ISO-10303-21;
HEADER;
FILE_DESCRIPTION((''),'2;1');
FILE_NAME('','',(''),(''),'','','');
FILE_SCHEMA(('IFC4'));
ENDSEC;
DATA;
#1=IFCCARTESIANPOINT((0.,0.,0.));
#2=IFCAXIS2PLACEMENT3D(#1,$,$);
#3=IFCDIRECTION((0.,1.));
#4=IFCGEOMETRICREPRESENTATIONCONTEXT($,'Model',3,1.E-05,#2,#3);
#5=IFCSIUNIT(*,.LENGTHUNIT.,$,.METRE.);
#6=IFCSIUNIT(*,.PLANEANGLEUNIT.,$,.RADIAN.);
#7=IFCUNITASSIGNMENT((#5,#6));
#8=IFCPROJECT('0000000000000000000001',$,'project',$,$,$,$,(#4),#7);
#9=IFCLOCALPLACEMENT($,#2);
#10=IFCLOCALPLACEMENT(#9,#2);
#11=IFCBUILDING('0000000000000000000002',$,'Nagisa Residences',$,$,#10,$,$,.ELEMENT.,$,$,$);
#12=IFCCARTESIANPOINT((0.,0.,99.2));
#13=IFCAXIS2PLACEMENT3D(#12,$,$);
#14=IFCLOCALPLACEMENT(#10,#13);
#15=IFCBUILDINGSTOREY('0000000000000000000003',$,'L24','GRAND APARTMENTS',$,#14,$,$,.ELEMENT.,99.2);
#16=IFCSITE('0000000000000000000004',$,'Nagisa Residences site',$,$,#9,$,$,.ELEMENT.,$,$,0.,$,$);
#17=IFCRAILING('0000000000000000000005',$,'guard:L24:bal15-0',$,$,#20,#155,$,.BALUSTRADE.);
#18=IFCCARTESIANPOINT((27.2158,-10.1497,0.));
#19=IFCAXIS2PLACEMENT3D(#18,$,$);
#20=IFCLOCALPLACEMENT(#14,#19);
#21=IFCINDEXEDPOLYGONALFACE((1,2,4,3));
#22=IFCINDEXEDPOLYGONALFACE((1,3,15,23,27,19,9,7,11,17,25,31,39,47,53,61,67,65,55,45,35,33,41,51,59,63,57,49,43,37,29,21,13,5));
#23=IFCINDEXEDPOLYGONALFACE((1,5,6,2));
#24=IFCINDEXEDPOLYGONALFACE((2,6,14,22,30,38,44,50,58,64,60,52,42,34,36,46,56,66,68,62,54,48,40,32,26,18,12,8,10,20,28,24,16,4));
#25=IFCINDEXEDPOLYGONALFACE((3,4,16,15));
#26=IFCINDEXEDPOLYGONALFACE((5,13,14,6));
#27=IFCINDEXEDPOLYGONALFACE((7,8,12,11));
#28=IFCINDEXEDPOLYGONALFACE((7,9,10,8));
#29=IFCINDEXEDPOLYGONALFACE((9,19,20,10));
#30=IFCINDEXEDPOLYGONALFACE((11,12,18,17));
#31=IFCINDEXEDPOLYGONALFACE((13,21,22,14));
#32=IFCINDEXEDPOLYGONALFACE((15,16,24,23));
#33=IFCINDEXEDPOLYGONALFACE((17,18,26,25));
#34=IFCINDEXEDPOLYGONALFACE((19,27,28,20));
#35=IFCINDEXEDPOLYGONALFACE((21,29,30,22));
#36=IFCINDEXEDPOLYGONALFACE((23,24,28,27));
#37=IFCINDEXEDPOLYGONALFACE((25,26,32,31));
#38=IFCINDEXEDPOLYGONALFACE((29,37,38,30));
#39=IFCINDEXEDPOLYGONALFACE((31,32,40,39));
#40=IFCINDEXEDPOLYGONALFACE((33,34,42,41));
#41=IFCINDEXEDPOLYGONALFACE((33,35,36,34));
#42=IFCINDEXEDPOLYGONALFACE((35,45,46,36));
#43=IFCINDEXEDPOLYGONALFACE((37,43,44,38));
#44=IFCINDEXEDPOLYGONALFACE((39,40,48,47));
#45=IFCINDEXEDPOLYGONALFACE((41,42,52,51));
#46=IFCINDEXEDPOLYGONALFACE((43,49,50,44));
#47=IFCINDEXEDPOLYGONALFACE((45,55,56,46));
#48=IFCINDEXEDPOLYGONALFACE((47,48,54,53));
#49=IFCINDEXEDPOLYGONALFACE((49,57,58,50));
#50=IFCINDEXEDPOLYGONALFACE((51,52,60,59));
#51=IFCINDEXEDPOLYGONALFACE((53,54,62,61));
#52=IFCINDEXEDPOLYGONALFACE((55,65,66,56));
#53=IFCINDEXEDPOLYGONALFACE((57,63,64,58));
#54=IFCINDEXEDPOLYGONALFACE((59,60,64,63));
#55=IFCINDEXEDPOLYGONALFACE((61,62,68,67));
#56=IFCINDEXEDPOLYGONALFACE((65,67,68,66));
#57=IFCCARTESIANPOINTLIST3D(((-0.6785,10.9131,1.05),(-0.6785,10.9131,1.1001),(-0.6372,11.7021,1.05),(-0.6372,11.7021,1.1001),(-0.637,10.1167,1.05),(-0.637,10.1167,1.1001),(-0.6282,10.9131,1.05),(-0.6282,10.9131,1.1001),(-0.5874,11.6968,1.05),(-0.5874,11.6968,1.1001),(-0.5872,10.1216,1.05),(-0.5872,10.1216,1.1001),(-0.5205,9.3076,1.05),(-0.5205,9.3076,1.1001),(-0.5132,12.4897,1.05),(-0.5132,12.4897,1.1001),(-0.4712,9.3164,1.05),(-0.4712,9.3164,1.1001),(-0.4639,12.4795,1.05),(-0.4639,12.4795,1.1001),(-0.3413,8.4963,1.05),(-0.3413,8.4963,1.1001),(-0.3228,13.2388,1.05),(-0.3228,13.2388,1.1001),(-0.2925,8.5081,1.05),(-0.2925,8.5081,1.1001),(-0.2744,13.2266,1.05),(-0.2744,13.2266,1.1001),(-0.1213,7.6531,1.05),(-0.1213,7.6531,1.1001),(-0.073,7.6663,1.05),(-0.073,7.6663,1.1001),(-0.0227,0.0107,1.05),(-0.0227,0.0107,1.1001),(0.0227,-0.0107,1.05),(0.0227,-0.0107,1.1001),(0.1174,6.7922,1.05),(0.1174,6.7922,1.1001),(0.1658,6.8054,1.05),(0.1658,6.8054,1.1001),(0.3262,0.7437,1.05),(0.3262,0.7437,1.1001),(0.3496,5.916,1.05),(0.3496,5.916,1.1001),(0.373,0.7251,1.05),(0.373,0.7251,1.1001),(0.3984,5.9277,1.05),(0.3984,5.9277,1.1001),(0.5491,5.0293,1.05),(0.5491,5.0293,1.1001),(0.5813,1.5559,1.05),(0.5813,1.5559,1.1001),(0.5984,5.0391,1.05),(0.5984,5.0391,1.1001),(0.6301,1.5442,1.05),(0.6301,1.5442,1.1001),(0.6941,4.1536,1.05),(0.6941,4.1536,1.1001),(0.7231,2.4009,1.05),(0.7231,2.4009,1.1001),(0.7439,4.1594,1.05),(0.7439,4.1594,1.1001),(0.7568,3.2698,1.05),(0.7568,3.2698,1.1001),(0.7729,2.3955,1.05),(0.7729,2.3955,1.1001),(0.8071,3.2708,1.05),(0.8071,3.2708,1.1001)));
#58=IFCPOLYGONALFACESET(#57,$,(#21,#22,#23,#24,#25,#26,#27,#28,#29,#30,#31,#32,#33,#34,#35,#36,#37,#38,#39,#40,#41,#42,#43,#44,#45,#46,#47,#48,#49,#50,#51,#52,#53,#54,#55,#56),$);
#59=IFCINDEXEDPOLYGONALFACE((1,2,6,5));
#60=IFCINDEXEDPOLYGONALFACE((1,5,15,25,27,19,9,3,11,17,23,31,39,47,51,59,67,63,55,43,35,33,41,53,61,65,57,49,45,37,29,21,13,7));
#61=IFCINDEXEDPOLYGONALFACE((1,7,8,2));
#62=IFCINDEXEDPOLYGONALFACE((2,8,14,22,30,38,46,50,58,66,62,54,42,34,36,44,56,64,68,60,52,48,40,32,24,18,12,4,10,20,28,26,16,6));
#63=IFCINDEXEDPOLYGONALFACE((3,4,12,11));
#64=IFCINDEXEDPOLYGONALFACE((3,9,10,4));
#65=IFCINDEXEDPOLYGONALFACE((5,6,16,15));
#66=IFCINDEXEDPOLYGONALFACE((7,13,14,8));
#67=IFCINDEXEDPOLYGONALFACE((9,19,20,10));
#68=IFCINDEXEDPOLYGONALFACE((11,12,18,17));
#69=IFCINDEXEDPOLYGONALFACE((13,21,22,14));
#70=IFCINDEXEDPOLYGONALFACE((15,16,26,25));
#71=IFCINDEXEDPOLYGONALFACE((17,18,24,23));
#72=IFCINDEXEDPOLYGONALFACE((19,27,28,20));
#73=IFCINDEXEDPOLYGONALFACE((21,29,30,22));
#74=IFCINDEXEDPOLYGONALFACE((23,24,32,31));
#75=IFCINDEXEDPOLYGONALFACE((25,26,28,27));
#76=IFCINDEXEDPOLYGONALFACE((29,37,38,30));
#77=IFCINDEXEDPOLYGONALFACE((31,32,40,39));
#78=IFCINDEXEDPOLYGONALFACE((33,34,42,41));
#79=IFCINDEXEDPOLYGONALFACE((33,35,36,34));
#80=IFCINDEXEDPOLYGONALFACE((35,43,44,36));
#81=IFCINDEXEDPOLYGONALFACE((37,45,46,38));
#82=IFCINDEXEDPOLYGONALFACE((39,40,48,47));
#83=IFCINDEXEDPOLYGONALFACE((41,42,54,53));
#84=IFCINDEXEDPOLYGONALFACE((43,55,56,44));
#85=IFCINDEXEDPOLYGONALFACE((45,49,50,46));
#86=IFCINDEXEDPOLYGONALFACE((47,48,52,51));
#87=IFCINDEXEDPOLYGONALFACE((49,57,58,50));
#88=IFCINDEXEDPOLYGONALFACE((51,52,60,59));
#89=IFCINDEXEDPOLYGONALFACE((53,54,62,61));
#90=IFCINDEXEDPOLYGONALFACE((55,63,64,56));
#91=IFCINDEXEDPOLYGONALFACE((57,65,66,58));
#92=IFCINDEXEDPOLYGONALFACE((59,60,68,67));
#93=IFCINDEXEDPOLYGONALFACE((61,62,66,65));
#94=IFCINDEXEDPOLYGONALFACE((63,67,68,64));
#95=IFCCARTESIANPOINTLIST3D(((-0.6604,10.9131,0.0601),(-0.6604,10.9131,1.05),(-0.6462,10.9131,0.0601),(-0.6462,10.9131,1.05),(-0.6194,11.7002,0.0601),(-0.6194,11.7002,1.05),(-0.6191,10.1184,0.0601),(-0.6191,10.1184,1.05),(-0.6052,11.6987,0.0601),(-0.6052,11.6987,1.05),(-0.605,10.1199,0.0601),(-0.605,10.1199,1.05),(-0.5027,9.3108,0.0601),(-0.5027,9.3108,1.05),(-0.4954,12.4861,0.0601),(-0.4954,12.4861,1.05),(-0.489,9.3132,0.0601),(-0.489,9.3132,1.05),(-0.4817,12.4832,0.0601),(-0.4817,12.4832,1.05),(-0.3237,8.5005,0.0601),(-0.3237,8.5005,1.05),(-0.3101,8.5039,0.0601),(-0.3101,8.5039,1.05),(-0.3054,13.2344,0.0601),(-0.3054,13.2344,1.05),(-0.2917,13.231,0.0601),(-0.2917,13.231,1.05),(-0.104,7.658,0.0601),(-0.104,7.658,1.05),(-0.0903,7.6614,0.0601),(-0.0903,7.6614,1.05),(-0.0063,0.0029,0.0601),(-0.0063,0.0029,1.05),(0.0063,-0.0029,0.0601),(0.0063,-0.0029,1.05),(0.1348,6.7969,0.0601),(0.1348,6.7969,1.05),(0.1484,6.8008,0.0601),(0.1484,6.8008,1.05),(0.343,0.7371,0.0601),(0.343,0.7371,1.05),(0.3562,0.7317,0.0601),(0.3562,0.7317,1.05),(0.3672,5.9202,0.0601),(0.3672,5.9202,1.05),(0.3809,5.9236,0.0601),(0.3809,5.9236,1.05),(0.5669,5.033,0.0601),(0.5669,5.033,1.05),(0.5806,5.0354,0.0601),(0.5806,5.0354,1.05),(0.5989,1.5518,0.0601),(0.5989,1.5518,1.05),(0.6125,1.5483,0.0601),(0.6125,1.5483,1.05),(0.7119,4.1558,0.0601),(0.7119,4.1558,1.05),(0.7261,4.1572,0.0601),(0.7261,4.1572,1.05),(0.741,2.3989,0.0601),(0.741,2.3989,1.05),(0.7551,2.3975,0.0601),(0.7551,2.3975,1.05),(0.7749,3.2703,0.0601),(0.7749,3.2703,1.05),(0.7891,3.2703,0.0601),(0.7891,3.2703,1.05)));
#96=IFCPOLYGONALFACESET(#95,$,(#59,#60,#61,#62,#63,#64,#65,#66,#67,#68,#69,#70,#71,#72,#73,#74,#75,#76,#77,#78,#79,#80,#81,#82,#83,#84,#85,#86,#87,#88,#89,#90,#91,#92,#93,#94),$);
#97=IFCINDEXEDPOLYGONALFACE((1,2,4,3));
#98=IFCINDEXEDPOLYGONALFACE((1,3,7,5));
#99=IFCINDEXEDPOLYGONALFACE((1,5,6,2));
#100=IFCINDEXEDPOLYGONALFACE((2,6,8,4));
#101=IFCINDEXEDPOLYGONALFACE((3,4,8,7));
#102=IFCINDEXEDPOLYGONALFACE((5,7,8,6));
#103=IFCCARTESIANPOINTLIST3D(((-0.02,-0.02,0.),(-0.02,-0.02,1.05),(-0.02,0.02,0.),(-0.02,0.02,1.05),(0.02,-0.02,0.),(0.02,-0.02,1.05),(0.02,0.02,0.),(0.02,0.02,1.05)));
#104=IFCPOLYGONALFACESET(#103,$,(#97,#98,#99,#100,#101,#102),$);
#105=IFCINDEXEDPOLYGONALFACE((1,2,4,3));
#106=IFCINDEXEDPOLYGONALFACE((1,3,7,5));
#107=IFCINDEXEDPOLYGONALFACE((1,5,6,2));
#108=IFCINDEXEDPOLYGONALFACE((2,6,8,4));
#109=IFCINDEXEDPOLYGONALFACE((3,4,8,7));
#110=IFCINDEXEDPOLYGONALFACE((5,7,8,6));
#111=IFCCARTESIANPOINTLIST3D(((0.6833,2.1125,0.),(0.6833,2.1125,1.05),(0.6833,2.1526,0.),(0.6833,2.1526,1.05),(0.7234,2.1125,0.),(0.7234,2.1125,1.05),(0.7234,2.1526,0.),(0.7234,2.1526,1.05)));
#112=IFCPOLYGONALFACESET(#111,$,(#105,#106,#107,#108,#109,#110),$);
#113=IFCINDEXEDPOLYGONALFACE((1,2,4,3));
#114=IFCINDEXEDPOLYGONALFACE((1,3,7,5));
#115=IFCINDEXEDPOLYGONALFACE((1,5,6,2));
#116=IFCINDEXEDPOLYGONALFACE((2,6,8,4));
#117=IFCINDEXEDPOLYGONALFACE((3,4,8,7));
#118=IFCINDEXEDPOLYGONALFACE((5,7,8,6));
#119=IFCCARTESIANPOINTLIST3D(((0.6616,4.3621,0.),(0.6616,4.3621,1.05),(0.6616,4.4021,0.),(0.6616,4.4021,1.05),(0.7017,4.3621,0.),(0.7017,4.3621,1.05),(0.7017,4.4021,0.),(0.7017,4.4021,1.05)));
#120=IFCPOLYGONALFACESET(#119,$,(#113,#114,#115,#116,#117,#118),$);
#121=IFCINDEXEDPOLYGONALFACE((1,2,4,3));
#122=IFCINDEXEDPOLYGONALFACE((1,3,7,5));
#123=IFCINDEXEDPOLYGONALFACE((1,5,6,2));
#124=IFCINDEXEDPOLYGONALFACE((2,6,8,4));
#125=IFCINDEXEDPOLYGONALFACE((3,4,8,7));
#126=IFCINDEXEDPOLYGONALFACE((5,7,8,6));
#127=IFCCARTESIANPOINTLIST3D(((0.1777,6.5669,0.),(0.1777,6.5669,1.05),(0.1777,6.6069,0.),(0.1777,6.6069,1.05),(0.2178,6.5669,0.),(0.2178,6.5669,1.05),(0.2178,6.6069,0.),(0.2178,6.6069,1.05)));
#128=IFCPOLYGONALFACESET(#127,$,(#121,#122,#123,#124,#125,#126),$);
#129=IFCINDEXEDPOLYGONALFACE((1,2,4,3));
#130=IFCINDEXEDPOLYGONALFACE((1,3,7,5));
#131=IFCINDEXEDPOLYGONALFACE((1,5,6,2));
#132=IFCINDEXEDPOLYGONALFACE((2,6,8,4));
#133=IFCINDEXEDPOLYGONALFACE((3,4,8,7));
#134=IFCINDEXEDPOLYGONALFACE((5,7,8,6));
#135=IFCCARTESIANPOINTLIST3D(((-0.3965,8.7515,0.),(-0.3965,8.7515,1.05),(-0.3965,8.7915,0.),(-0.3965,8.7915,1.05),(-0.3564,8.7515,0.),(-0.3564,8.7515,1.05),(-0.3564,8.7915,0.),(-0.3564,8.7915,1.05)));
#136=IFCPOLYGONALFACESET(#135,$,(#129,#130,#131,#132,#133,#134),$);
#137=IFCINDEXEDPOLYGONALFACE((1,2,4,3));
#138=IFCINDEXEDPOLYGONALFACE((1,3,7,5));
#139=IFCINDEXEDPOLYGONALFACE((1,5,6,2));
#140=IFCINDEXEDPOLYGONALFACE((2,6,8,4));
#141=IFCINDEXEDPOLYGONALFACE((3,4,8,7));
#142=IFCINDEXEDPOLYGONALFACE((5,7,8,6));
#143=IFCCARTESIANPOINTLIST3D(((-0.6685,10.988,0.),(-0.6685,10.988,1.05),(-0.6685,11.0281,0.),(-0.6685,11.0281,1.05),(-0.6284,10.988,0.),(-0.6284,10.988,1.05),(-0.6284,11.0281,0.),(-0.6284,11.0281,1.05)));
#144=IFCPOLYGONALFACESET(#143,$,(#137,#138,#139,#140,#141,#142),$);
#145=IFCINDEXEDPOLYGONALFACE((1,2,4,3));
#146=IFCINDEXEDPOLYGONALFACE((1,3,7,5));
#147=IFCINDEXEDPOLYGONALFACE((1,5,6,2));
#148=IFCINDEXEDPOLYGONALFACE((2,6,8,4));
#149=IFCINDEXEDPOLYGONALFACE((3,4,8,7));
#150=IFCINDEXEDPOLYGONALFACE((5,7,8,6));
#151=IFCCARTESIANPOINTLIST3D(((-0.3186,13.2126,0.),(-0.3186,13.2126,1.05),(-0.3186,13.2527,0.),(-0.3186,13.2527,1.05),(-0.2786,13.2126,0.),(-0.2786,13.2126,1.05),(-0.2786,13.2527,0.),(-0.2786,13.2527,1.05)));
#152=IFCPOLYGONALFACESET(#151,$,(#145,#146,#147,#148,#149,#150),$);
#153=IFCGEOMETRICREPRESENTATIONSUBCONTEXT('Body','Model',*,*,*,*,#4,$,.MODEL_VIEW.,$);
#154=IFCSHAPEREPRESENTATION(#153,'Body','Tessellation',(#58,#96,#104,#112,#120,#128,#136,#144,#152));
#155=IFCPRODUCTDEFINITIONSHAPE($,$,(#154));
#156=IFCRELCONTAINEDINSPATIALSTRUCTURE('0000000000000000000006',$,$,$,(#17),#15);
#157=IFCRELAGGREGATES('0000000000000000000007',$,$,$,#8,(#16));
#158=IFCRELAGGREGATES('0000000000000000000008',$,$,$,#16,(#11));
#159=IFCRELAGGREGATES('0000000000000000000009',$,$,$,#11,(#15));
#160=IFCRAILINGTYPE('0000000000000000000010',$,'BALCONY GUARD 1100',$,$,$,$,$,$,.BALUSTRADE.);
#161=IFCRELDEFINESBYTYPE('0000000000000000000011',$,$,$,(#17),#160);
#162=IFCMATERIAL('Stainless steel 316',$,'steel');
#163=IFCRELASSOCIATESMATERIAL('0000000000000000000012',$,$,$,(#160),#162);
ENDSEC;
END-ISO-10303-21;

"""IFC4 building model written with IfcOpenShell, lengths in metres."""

from ifc_helpers import new_model, si_unit, direction, frame, origin, origin_2d, place, context, subcontext, project, spatial, polyline, rectangle, outline, extrude, material, type_object, element, save


model = new_model("IFC4")

# Units and contexts
model_context = context("Model", 3, precision=1e-05, world=origin(), true_north=direction((0.0, 1.0)))
body_context = subcontext(model_context, "Body", "Model", "MODEL_VIEW")
ifc_project = project(units=[si_unit("LENGTHUNIT", "METRE"), si_unit("PLANEANGLEUNIT", "RADIAN")], contexts=[model_context])

# Site, building, storey
site_placement = place(None, origin())
site = spatial("IfcSite", under=ifc_project, at=site_placement, Name="Nagisa Residences site", CompositionType="ELEMENT", RefElevation=0.0)
building_placement = place(site_placement, origin())
building = spatial("IfcBuilding", under=site, at=building_placement, Name="Nagisa Residences", CompositionType="ELEMENT")
storey_placement = place(building_placement, frame((0.0, 0.0, 99.2)))
storey = spatial("IfcBuildingStorey", under=building, at=storey_placement, Name="L24", Description="GRAND APARTMENTS", CompositionType="ELEMENT", Elevation=99.2)

# Railing
ifc_material_1 = material(Name="Stainless steel 316", Category="steel")
railing_type_1 = type_object("IfcRailingType", Name="BALCONY GUARD 1100", PredefinedType="BALUSTRADE", material=ifc_material_1)
railing_1_placement = place(storey_placement, frame((27.2158, -10.1497, 0.0)))
element("IfcRailing", 1, at=railing_1_placement, inside=storey, type_object=railing_type_1, Name="guard:L24:bal15-0", PredefinedType="BALUSTRADE", context=body_context, shape_type="SweptSolid", body=[
    extrude(outline(polyline([(0.3262, 0.7437), (-0.0227, 0.0107), (0.0227, -0.0107), (0.373, 0.7251), (0.6301, 1.5442), (0.7729, 2.3955), (0.8071, 3.2708), (0.7439, 4.1594), (0.5984, 5.0391), (0.3984, 5.9277), (0.1658, 6.8054), (-0.073, 7.6663), (-0.2925, 8.5081), (-0.4712, 9.3164), (-0.5872, 10.1216), (-0.6282, 10.9131), (-0.5874, 11.6968), (-0.4639, 12.4795), (-0.2744, 13.2266), (-0.3228, 13.2388), (-0.5132, 12.4897), (-0.6372, 11.7021), (-0.6785, 10.9131), (-0.637, 10.1167), (-0.5205, 9.3076), (-0.3413, 8.4963), (-0.1213, 7.6531), (0.1174, 6.7922), (0.3496, 5.916), (0.5491, 5.0293), (0.6941, 4.1536), (0.7568, 3.2698), (0.7231, 2.4009), (0.5813, 1.5559), (0.3262, 0.7437)])), frame((0.0, 0.0, 1.05)), (0.0, 0.0, 1.0), 0.05),
    extrude(outline(polyline([(0.343, 0.7371), (-0.0063, 0.0029), (0.0063, -0.0029), (0.3562, 0.7317), (0.6125, 1.5483), (0.7551, 2.3975), (0.7891, 3.2703), (0.7261, 4.1572), (0.5806, 5.0354), (0.3809, 5.9236), (0.1484, 6.8008), (-0.0903, 7.6614), (-0.3101, 8.5039), (-0.489, 9.3132), (-0.605, 10.1199), (-0.6462, 10.9131), (-0.6052, 11.6987), (-0.4817, 12.4832), (-0.2917, 13.231), (-0.3054, 13.2344), (-0.4954, 12.4861), (-0.6194, 11.7002), (-0.6604, 10.9131), (-0.6191, 10.1184), (-0.5027, 9.3108), (-0.3237, 8.5005), (-0.104, 7.658), (0.1348, 6.7969), (0.3672, 5.9202), (0.5669, 5.033), (0.7119, 4.1558), (0.7749, 3.2703), (0.741, 2.3989), (0.5989, 1.5518), (0.343, 0.7371)])), frame((0.0, 0.0, 0.0601)), (0.0, 0.0, 1.0), 0.99),
    extrude(rectangle(XDim=0.04, YDim=0.04, at=origin_2d()), origin(), (0.0, 0.0, 1.0), 1.05),
    extrude(rectangle(XDim=0.04, YDim=0.04, at=origin_2d()), frame((0.7034, 2.1326, 0.0)), (0.0, 0.0, 1.0), 1.05),
    extrude(rectangle(XDim=0.04, YDim=0.04, at=origin_2d()), frame((0.6816, 4.3821, 0.0)), (0.0, 0.0, 1.0), 1.05),
    extrude(rectangle(XDim=0.04, YDim=0.04, at=origin_2d()), frame((0.1978, 6.5869, 0.0)), (0.0, 0.0, 1.0), 1.05),
    extrude(rectangle(XDim=0.04, YDim=0.04, at=origin_2d()), frame((-0.3765, 8.7715, 0.0)), (0.0, 0.0, 1.0), 1.05),
    extrude(rectangle(XDim=0.04, YDim=0.04, at=origin_2d()), frame((-0.6484, 11.0081, 0.0)), (0.0, 0.0, 1.0), 1.05),
    extrude(rectangle(XDim=0.04, YDim=0.04, at=origin_2d()), frame((-0.2986, 13.2327, 0.0)), (0.0, 0.0, 1.0), 1.05),
])

save(model, "model.ifc")
